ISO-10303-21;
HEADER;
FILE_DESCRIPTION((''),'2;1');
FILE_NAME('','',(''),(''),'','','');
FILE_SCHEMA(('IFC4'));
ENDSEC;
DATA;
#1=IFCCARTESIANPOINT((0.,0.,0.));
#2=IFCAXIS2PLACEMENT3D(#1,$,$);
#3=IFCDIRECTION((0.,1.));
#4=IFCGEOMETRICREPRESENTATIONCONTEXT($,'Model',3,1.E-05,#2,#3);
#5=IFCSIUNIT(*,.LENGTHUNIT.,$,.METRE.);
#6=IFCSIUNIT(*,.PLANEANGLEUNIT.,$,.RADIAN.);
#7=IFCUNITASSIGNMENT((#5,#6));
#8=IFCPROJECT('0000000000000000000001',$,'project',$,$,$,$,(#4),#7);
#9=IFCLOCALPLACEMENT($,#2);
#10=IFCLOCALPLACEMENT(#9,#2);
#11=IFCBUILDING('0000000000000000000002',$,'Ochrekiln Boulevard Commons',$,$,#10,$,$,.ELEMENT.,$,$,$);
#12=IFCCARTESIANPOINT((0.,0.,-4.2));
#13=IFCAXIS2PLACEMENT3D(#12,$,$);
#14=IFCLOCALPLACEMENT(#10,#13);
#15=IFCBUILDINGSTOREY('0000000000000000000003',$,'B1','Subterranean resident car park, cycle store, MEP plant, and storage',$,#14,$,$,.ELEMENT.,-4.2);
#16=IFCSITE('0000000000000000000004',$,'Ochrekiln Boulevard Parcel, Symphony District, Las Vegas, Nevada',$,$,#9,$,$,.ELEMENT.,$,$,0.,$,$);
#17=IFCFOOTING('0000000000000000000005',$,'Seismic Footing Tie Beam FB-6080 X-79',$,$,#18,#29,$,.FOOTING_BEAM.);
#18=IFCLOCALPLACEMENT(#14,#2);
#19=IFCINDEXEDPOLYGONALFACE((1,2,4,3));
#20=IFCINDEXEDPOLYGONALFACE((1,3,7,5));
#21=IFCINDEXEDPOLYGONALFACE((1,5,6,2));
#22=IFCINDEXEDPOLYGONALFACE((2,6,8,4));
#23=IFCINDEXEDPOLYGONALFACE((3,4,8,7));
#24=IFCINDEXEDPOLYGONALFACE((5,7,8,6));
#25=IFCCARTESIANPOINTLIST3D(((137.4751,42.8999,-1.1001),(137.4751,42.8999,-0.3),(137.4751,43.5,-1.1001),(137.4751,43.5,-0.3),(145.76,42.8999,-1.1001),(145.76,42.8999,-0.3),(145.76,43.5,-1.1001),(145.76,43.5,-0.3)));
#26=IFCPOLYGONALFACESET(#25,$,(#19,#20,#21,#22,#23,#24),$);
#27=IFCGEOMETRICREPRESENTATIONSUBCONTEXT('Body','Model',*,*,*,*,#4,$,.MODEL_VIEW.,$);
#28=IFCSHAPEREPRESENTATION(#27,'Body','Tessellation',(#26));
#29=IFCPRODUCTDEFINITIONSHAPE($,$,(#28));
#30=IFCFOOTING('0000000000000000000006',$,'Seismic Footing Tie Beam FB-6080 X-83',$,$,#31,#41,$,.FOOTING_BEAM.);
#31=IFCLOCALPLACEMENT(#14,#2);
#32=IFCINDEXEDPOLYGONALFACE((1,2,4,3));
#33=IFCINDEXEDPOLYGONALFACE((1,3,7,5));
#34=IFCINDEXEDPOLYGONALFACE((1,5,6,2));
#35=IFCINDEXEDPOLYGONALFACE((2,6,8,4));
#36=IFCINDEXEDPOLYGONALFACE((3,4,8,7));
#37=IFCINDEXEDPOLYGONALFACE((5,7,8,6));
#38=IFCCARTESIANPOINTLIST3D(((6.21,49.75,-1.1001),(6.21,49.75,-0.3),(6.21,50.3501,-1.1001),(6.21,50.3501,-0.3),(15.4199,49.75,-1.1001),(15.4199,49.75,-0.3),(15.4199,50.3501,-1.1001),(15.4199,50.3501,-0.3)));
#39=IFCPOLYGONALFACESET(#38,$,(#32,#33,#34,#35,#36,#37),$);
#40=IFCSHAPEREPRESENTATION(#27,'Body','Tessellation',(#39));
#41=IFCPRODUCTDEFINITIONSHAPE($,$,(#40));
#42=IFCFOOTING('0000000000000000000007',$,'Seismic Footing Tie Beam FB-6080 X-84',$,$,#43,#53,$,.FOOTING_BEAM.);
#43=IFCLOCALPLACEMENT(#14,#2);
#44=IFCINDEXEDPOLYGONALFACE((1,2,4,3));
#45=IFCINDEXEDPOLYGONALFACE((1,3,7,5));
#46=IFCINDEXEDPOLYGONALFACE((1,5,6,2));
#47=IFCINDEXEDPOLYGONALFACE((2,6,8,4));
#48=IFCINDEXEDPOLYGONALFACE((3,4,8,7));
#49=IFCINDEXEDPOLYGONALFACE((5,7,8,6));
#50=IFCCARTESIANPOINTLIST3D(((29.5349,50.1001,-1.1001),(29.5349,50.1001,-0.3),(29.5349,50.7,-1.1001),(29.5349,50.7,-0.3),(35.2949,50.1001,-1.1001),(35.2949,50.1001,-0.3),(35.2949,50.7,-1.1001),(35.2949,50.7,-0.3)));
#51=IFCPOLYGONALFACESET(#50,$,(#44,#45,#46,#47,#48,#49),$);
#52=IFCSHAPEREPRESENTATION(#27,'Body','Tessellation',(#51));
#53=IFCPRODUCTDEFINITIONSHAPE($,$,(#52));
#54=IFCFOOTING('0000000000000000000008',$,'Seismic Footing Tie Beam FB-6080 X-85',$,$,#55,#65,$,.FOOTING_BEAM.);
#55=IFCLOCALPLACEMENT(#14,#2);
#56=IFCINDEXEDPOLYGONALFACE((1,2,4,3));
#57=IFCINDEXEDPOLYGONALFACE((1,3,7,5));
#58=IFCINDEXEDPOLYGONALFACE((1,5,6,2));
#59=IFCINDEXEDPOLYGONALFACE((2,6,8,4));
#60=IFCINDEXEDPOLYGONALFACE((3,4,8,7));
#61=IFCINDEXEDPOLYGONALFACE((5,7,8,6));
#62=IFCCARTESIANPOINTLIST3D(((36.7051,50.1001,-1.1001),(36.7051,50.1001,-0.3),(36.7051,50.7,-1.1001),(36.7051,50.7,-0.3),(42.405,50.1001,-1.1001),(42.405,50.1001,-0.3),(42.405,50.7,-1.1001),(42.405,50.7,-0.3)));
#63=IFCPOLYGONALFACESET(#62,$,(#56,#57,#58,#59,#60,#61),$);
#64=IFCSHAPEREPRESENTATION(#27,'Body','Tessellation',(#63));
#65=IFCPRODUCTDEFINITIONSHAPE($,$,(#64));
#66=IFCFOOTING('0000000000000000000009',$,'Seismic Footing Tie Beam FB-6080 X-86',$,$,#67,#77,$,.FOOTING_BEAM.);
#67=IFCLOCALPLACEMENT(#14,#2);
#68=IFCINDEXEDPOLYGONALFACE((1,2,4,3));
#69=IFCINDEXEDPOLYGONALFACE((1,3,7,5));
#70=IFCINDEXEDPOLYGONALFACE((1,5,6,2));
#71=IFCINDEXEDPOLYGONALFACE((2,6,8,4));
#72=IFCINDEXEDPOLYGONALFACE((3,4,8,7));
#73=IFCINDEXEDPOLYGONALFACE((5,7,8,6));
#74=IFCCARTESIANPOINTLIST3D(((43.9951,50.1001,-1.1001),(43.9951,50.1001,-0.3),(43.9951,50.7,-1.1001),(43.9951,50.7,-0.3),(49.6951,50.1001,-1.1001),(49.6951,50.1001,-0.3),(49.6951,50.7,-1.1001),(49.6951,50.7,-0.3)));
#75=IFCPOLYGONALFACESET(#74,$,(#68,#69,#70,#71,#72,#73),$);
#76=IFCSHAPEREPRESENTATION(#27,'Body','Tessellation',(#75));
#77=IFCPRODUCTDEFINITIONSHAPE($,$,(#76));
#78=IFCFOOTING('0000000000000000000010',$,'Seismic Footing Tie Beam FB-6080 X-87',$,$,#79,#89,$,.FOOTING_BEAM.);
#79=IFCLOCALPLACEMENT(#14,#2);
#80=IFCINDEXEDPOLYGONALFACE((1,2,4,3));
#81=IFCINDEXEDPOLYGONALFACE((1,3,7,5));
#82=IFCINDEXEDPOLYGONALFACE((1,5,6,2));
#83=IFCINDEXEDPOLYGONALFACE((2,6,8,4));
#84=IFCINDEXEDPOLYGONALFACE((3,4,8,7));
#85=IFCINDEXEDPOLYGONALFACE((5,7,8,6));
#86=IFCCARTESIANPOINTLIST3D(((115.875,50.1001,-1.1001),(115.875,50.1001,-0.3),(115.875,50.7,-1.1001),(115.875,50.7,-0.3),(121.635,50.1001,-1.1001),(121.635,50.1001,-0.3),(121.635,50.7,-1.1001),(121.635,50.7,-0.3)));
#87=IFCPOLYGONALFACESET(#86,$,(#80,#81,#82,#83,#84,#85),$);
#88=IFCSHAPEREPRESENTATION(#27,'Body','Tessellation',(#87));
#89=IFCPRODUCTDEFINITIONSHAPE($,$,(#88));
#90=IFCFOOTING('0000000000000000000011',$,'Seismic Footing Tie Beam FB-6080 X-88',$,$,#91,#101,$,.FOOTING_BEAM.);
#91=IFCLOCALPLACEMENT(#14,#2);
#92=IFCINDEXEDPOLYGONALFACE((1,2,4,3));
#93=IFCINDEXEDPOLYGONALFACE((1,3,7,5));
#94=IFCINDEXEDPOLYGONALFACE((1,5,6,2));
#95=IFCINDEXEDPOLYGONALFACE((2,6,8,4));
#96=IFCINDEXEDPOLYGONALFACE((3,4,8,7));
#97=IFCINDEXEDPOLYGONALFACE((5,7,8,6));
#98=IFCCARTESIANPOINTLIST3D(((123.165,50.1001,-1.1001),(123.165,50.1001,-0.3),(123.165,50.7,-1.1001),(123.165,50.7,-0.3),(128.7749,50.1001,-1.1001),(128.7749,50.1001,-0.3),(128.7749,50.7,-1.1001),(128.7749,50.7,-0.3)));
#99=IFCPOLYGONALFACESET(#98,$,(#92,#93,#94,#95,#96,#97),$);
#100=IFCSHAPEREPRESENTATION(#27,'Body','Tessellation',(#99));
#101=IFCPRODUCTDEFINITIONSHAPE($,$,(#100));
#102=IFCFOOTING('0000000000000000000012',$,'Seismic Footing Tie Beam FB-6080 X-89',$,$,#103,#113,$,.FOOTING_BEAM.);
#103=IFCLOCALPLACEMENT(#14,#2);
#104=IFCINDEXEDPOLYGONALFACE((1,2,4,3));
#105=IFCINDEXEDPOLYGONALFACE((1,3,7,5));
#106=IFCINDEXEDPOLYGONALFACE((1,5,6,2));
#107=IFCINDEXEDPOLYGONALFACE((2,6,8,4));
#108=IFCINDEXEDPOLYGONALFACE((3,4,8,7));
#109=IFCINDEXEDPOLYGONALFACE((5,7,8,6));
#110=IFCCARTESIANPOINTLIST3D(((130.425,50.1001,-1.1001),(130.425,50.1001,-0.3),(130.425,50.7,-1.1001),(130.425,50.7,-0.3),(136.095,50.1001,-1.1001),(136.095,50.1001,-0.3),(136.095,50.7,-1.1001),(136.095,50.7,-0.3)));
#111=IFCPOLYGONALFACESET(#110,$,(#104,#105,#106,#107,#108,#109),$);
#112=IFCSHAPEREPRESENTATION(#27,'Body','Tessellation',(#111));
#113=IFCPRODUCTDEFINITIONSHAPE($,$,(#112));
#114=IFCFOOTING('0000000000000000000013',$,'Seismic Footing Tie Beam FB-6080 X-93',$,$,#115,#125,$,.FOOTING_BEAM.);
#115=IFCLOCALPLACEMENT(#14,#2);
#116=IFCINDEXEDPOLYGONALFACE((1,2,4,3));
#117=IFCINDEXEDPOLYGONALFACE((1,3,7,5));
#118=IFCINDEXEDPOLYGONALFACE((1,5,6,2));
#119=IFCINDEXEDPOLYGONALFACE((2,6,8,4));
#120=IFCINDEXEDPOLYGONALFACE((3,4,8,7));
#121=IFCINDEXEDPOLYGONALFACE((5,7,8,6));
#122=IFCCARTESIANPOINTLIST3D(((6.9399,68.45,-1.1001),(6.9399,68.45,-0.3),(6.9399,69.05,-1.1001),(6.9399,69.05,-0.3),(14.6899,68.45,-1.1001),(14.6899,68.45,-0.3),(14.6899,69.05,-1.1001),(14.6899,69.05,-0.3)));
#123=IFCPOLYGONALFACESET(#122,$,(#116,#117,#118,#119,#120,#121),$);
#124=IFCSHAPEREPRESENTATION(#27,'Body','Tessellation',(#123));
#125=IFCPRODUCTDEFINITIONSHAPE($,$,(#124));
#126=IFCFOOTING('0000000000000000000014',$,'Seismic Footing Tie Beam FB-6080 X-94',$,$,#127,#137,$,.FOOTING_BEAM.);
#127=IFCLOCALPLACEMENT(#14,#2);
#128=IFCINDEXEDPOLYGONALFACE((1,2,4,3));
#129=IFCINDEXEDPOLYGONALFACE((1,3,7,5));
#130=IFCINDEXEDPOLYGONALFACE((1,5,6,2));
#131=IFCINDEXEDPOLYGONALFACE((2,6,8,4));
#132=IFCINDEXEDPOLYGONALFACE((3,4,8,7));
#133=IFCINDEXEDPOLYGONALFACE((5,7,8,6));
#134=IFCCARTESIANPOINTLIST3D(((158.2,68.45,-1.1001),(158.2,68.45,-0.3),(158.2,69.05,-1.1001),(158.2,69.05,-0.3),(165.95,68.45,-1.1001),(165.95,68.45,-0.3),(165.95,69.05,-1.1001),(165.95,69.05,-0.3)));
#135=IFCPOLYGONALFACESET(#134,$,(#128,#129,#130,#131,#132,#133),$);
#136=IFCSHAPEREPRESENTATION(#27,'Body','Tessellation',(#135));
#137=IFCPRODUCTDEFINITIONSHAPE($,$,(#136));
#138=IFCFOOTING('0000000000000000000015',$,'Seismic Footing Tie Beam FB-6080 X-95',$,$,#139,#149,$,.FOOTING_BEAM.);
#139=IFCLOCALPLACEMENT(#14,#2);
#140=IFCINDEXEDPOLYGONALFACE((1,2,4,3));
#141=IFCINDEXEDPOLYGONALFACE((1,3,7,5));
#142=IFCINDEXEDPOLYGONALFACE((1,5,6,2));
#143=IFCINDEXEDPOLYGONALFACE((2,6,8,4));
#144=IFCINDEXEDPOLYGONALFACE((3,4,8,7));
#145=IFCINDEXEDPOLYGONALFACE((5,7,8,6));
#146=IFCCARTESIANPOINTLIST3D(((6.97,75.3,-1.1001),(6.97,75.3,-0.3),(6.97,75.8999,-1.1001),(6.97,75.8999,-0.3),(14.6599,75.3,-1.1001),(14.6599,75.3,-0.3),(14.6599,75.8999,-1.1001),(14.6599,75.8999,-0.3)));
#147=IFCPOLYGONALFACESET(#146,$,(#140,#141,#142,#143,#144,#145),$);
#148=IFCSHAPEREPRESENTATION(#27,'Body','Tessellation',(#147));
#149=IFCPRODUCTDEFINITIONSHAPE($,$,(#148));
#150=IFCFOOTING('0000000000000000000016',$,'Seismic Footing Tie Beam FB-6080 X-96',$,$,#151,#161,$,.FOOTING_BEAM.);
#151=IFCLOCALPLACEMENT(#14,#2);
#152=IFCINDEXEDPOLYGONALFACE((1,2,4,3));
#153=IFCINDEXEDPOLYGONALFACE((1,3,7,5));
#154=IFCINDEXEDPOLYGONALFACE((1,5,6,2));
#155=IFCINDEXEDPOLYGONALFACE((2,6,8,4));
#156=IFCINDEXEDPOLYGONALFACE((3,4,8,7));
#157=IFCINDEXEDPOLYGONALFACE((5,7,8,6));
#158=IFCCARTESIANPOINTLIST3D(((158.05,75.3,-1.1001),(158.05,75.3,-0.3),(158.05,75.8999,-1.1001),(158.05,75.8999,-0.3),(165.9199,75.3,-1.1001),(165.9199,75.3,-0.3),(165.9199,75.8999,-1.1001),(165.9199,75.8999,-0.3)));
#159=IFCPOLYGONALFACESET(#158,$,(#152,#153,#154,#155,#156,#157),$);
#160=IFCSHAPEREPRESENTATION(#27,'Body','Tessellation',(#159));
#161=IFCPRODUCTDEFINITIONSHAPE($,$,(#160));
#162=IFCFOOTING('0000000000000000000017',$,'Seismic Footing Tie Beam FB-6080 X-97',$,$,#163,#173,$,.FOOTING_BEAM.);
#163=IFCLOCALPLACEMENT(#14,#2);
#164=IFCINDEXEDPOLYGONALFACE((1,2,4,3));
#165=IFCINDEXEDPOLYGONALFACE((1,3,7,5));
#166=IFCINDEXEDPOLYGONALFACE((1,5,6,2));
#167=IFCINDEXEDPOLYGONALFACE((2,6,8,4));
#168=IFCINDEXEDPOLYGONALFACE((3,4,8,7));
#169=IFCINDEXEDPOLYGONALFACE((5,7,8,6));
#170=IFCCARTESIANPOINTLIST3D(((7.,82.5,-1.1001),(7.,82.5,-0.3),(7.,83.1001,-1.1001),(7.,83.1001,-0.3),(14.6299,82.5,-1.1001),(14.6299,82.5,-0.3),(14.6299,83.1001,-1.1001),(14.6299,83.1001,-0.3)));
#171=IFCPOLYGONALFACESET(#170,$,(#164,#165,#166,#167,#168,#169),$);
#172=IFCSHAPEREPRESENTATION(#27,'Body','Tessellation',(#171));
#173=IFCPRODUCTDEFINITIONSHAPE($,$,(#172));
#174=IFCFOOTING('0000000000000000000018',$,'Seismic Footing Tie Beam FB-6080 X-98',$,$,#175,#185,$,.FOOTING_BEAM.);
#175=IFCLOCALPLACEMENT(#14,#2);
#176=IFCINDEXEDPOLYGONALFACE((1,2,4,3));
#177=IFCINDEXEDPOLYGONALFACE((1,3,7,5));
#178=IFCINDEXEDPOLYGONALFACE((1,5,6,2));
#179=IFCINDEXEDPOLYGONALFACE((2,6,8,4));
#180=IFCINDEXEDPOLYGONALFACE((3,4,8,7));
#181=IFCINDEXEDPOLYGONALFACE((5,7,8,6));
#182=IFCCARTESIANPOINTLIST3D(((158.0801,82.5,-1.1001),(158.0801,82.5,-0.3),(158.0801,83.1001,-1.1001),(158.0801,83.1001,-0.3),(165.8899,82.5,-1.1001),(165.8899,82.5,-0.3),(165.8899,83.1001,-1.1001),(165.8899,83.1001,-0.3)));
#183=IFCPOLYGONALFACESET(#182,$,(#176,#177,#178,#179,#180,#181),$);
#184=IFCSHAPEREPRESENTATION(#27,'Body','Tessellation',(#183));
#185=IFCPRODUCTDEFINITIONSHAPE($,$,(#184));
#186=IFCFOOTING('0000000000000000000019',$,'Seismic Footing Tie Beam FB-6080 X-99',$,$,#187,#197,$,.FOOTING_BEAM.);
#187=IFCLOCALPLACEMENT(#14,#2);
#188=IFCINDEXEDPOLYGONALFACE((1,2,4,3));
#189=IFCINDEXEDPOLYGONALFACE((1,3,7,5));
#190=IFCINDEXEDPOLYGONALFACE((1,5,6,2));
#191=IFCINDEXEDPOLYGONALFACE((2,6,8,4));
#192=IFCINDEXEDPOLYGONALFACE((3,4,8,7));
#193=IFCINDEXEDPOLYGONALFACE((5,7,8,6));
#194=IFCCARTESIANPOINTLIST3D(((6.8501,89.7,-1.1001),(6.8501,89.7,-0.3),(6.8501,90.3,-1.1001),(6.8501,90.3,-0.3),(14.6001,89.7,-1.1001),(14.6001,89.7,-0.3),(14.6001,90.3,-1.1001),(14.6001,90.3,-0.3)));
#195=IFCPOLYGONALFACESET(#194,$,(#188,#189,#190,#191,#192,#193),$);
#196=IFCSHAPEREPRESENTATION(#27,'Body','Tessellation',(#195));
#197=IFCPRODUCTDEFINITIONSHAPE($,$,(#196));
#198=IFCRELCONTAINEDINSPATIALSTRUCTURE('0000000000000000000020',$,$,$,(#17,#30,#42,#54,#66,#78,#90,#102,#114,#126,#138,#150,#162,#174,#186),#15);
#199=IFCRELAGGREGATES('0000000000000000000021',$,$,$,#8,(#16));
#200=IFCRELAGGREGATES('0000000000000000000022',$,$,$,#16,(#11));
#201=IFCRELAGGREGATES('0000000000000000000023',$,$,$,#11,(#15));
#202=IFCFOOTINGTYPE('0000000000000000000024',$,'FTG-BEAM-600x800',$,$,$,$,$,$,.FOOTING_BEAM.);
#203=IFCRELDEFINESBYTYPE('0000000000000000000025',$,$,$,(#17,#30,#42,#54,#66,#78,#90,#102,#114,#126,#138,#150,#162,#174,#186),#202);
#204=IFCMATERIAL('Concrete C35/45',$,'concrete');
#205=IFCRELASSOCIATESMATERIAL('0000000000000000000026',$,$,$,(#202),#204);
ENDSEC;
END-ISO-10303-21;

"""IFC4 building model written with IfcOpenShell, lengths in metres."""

from ifc_helpers import new_model, si_unit, direction, frame, origin, place, context, subcontext, project, spatial, polyline, outline, extrude, material, type_object, element, save


model = new_model("IFC4")

# Units and contexts
model_context = context("Model", 3, precision=1e-05, world=origin(), true_north=direction((0.0, 1.0)))
body_context = subcontext(model_context, "Body", "Model", "MODEL_VIEW")
ifc_project = project(units=[si_unit("LENGTHUNIT", "METRE"), si_unit("PLANEANGLEUNIT", "RADIAN")], contexts=[model_context])

# Site, building, storey
site_placement = place(None, origin())
site = spatial("IfcSite", under=ifc_project, at=site_placement, Name="Ochrekiln Boulevard Parcel, Symphony District, Las Vegas, Nevada", CompositionType="ELEMENT", RefElevation=0.0)
building_placement = place(site_placement, origin())
building = spatial("IfcBuilding", under=site, at=building_placement, Name="Ochrekiln Boulevard Commons", CompositionType="ELEMENT")
storey_placement = place(building_placement, frame((0.0, 0.0, -4.2)))
storey = spatial("IfcBuildingStorey", under=building, at=storey_placement, Name="B1", Description="Subterranean resident car park, cycle store, MEP plant, and storage", CompositionType="ELEMENT", Elevation=-4.2)

# Footings
ifc_material = material(Name="Concrete C35/45", Category="concrete")
footing_type = type_object("IfcFootingType", Name="FTG-BEAM-600x800", PredefinedType="FOOTING_BEAM", material=ifc_material)
footing_1_placement = place(storey_placement, frame((0.0, 0.0, -1.1001)))
element("IfcFooting", 1, at=footing_1_placement, inside=storey, type_object=footing_type, Name="Seismic Footing Tie Beam FB-6080 X-79", PredefinedType="FOOTING_BEAM", context=body_context, shape_type="SweptSolid", body=[
    extrude(outline(polyline([(137.4751, 42.8999), (145.76, 42.8999), (145.76, 43.5), (137.4751, 43.5), (137.4751, 42.8999)])), origin(), (0.0, 0.0, 1.0), 0.8),
])
footing_2_placement = place(storey_placement, frame((0.0, 0.0, -1.1001)))
element("IfcFooting", 2, at=footing_2_placement, inside=storey, type_object=footing_type, Name="Seismic Footing Tie Beam FB-6080 X-83", PredefinedType="FOOTING_BEAM", context=body_context, shape_type="SweptSolid", body=[
    extrude(outline(polyline([(6.21, 49.75), (15.4199, 49.75), (15.4199, 50.3501), (6.21, 50.3501), (6.21, 49.75)])), origin(), (0.0, 0.0, 1.0), 0.8),
])
footing_3_placement = place(storey_placement, frame((0.0, 0.0, -1.1001)))
element("IfcFooting", 3, at=footing_3_placement, inside=storey, type_object=footing_type, Name="Seismic Footing Tie Beam FB-6080 X-84", PredefinedType="FOOTING_BEAM", context=body_context, shape_type="SweptSolid", body=[
    extrude(outline(polyline([(29.5349, 50.1001), (35.2949, 50.1001), (35.2949, 50.7), (29.5349, 50.7), (29.5349, 50.1001)])), origin(), (0.0, 0.0, 1.0), 0.8),
])
footing_4_placement = place(storey_placement, frame((0.0, 0.0, -1.1001)))
element("IfcFooting", 4, at=footing_4_placement, inside=storey, type_object=footing_type, Name="Seismic Footing Tie Beam FB-6080 X-85", PredefinedType="FOOTING_BEAM", context=body_context, shape_type="SweptSolid", body=[
    extrude(outline(polyline([(36.7051, 50.1001), (42.405, 50.1001), (42.405, 50.7), (36.7051, 50.7), (36.7051, 50.1001)])), origin(), (0.0, 0.0, 1.0), 0.8),
])
footing_5_placement = place(storey_placement, frame((0.0, 0.0, -1.1001)))
element("IfcFooting", 5, at=footing_5_placement, inside=storey, type_object=footing_type, Name="Seismic Footing Tie Beam FB-6080 X-86", PredefinedType="FOOTING_BEAM", context=body_context, shape_type="SweptSolid", body=[
    extrude(outline(polyline([(43.9951, 50.1001), (49.6951, 50.1001), (49.6951, 50.7), (43.9951, 50.7), (43.9951, 50.1001)])), origin(), (0.0, 0.0, 1.0), 0.8),
])
footing_6_placement = place(storey_placement, frame((0.0, 0.0, -1.1001)))
element("IfcFooting", 6, at=footing_6_placement, inside=storey, type_object=footing_type, Name="Seismic Footing Tie Beam FB-6080 X-87", PredefinedType="FOOTING_BEAM", context=body_context, shape_type="SweptSolid", body=[
    extrude(outline(polyline([(115.875, 50.1001), (121.635, 50.1001), (121.635, 50.7), (115.875, 50.7), (115.875, 50.1001)])), origin(), (0.0, 0.0, 1.0), 0.8),
])
footing_7_placement = place(storey_placement, frame((0.0, 0.0, -1.1001)))
element("IfcFooting", 7, at=footing_7_placement, inside=storey, type_object=footing_type, Name="Seismic Footing Tie Beam FB-6080 X-88", PredefinedType="FOOTING_BEAM", context=body_context, shape_type="SweptSolid", body=[
    extrude(outline(polyline([(123.165, 50.1001), (128.7749, 50.1001), (128.7749, 50.7), (123.165, 50.7), (123.165, 50.1001)])), origin(), (0.0, 0.0, 1.0), 0.8),
])
footing_8_placement = place(storey_placement, frame((0.0, 0.0, -1.1001)))
element("IfcFooting", 8, at=footing_8_placement, inside=storey, type_object=footing_type, Name="Seismic Footing Tie Beam FB-6080 X-89", PredefinedType="FOOTING_BEAM", context=body_context, shape_type="SweptSolid", body=[
    extrude(outline(polyline([(130.425, 50.1001), (136.095, 50.1001), (136.095, 50.7), (130.425, 50.7), (130.425, 50.1001)])), origin(), (0.0, 0.0, 1.0), 0.8),
])
footing_9_placement = place(storey_placement, frame((0.0, 0.0, -1.1001)))
element("IfcFooting", 9, at=footing_9_placement, inside=storey, type_object=footing_type, Name="Seismic Footing Tie Beam FB-6080 X-93", PredefinedType="FOOTING_BEAM", context=body_context, shape_type="SweptSolid", body=[
    extrude(outline(polyline([(6.9399, 68.45), (14.6899, 68.45), (14.6899, 69.05), (6.9399, 69.05), (6.9399, 68.45)])), origin(), (0.0, 0.0, 1.0), 0.8),
])
footing_10_placement = place(storey_placement, frame((0.0, 0.0, -1.1001)))
element("IfcFooting", 10, at=footing_10_placement, inside=storey, type_object=footing_type, Name="Seismic Footing Tie Beam FB-6080 X-94", PredefinedType="FOOTING_BEAM", context=body_context, shape_type="SweptSolid", body=[
    extrude(outline(polyline([(158.2, 68.45), (165.95, 68.45), (165.95, 69.05), (158.2, 69.05), (158.2, 68.45)])), origin(), (0.0, 0.0, 1.0), 0.8),
])
footing_11_placement = place(storey_placement, frame((0.0, 0.0, -1.1001)))
element("IfcFooting", 11, at=footing_11_placement, inside=storey, type_object=footing_type, Name="Seismic Footing Tie Beam FB-6080 X-95", PredefinedType="FOOTING_BEAM", context=body_context, shape_type="SweptSolid", body=[
    extrude(outline(polyline([(6.97, 75.3), (14.6599, 75.3), (14.6599, 75.8999), (6.97, 75.8999), (6.97, 75.3)])), origin(), (0.0, 0.0, 1.0), 0.8),
])
footing_12_placement = place(storey_placement, frame((0.0, 0.0, -1.1001)))
element("IfcFooting", 12, at=footing_12_placement, inside=storey, type_object=footing_type, Name="Seismic Footing Tie Beam FB-6080 X-96", PredefinedType="FOOTING_BEAM", context=body_context, shape_type="SweptSolid", body=[
    extrude(outline(polyline([(158.05, 75.3), (165.9199, 75.3), (165.9199, 75.8999), (158.05, 75.8999), (158.05, 75.3)])), origin(), (0.0, 0.0, 1.0), 0.8),
])
footing_13_placement = place(storey_placement, frame((0.0, 0.0, -1.1001)))
element("IfcFooting", 13, at=footing_13_placement, inside=storey, type_object=footing_type, Name="Seismic Footing Tie Beam FB-6080 X-97", PredefinedType="FOOTING_BEAM", context=body_context, shape_type="SweptSolid", body=[
    extrude(outline(polyline([(7.0, 82.5), (14.6299, 82.5), (14.6299, 83.1001), (7.0, 83.1001), (7.0, 82.5)])), origin(), (0.0, 0.0, 1.0), 0.8),
])
footing_14_placement = place(storey_placement, frame((0.0, 0.0, -1.1001)))
element("IfcFooting", 14, at=footing_14_placement, inside=storey, type_object=footing_type, Name="Seismic Footing Tie Beam FB-6080 X-98", PredefinedType="FOOTING_BEAM", context=body_context, shape_type="SweptSolid", body=[
    extrude(outline(polyline([(158.0801, 82.5), (165.8899, 82.5), (165.8899, 83.1001), (158.0801, 83.1001), (158.0801, 82.5)])), origin(), (0.0, 0.0, 1.0), 0.8),
])
footing_15_placement = place(storey_placement, frame((0.0, 0.0, -1.1001)))
element("IfcFooting", 15, at=footing_15_placement, inside=storey, type_object=footing_type, Name="Seismic Footing Tie Beam FB-6080 X-99", PredefinedType="FOOTING_BEAM", context=body_context, shape_type="SweptSolid", body=[
    extrude(outline(polyline([(6.8501, 89.7), (14.6001, 89.7), (14.6001, 90.3), (6.8501, 90.3), (6.8501, 89.7)])), origin(), (0.0, 0.0, 1.0), 0.8),
])

save(model, "model.ifc")
